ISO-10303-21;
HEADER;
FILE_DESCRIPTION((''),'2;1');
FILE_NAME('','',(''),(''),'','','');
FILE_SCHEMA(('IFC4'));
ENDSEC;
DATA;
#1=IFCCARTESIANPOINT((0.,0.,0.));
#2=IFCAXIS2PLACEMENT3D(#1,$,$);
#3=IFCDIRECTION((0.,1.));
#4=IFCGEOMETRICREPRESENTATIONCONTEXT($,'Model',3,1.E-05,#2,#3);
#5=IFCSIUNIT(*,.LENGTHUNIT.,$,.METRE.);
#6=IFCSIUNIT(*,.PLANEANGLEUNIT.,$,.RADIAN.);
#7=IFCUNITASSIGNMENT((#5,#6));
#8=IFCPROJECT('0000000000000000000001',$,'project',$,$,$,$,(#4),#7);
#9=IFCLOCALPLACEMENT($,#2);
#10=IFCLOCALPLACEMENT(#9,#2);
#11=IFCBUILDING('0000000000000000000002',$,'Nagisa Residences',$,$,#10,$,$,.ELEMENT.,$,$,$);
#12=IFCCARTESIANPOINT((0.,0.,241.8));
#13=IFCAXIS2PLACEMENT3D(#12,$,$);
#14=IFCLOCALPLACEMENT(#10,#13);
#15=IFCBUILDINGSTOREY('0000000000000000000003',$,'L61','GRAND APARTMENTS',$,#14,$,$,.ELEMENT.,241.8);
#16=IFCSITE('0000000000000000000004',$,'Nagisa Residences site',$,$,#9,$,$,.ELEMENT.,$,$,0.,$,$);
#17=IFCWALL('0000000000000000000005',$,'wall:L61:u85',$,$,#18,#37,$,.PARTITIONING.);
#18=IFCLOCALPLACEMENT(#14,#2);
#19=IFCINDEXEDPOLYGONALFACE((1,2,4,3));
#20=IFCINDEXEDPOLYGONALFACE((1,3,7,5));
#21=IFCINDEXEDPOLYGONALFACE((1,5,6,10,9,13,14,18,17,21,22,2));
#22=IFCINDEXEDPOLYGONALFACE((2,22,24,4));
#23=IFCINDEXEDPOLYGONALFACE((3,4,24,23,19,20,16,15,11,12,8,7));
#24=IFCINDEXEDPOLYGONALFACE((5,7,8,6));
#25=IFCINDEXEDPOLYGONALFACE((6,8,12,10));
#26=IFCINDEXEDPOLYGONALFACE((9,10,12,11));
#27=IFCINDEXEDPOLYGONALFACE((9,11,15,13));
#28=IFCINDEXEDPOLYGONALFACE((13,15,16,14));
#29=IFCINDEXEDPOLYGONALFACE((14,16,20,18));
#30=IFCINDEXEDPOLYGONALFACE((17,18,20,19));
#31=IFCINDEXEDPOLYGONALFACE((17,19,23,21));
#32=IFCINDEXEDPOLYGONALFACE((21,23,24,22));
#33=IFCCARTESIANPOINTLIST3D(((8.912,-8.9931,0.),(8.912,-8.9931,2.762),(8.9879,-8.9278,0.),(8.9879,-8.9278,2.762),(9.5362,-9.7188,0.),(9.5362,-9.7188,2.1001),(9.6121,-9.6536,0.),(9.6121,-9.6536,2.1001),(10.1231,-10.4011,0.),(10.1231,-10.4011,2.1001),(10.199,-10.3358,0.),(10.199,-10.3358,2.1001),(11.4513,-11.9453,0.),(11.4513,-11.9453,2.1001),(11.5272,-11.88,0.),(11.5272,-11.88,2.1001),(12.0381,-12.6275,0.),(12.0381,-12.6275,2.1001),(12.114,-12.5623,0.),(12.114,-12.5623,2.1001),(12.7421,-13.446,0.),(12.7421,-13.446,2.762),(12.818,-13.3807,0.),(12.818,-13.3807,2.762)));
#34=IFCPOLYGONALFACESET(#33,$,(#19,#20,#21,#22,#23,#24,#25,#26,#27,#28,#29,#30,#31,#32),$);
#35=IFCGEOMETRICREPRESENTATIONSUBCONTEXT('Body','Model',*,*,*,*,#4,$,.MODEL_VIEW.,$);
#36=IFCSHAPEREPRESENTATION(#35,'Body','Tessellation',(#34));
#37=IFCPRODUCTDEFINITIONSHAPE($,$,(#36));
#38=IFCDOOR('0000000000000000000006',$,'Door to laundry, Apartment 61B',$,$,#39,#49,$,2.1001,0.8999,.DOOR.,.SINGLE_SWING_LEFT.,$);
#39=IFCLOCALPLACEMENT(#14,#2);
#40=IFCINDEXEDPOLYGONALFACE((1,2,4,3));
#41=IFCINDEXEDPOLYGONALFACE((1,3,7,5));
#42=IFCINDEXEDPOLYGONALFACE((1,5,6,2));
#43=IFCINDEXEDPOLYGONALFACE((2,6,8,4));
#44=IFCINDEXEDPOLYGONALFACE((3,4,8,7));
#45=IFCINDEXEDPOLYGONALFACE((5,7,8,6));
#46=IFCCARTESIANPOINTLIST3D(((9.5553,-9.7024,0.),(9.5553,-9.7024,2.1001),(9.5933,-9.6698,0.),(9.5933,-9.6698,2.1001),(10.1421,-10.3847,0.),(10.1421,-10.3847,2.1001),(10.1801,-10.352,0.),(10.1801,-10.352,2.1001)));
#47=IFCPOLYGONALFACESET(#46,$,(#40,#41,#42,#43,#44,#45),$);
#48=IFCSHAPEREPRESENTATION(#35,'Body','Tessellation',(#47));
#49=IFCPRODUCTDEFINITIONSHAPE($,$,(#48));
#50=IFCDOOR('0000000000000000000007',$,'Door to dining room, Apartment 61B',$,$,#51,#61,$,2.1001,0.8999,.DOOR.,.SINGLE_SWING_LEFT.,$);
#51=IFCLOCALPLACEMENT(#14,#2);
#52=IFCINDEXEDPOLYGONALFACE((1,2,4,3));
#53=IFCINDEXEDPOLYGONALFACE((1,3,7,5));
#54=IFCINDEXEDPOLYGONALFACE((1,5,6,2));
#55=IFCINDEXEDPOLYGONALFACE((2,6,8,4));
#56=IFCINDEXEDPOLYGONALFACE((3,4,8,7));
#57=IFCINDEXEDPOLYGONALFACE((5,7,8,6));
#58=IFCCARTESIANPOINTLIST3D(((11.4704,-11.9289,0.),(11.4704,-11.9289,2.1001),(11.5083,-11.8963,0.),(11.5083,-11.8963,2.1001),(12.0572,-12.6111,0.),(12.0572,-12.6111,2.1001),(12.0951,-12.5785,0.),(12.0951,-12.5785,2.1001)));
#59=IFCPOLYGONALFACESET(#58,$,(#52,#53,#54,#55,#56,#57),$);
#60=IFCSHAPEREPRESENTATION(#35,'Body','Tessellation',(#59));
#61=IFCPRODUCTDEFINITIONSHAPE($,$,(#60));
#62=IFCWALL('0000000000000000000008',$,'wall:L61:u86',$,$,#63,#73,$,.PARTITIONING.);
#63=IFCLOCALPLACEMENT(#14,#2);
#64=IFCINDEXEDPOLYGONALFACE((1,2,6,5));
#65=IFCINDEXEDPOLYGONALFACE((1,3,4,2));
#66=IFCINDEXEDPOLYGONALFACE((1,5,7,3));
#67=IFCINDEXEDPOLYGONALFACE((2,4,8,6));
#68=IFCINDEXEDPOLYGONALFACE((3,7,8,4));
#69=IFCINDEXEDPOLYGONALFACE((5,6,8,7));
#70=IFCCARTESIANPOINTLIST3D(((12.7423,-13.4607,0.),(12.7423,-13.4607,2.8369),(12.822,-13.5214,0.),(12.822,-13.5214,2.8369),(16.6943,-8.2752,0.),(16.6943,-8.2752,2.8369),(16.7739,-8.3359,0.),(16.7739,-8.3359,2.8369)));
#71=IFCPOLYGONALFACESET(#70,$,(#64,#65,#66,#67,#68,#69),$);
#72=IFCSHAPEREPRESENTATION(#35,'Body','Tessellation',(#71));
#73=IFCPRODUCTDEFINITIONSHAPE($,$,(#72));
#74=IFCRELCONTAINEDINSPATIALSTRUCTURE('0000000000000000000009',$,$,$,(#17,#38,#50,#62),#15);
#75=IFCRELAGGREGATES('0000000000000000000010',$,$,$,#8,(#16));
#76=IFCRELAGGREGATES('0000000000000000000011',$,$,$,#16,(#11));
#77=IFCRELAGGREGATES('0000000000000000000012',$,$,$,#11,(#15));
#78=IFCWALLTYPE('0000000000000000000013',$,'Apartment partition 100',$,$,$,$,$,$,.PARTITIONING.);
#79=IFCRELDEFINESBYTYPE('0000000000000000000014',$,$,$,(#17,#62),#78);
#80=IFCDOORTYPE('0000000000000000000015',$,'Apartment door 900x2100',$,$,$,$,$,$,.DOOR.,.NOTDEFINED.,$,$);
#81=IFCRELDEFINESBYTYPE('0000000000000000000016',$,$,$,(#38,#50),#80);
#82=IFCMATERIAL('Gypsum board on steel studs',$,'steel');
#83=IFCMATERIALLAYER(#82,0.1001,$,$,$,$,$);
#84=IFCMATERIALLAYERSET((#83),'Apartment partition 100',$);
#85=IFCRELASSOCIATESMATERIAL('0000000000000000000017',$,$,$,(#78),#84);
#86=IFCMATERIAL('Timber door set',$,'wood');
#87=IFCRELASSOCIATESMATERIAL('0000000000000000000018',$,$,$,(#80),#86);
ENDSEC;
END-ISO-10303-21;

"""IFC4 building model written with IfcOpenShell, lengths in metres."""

from ifc_helpers import new_model, si_unit, direction, frame, frame_2d, origin, place, context, subcontext, project, spatial, rectangle, extrude, material, layer, layer_set, type_object, element, fill, save


model = new_model("IFC4")

# Units and contexts
model_context = context("Model", 3, precision=1e-05, world=origin(), true_north=direction((0.0, 1.0)))
body_context = subcontext(model_context, "Body", "Model", "MODEL_VIEW")
ifc_project = project(units=[si_unit("LENGTHUNIT", "METRE"), si_unit("PLANEANGLEUNIT", "RADIAN")], contexts=[model_context])

# Site, building, storey
site_placement = place(None, origin())
site = spatial("IfcSite", under=ifc_project, at=site_placement, Name="Nagisa Residences site", CompositionType="ELEMENT", RefElevation=0.0)
building_placement = place(site_placement, origin())
building = spatial("IfcBuilding", under=site, at=building_placement, Name="Nagisa Residences", CompositionType="ELEMENT")
storey_placement = place(building_placement, frame((0.0, 0.0, 241.8)))
storey = spatial("IfcBuildingStorey", under=building, at=storey_placement, Name="L61", Description="GRAND APARTMENTS", CompositionType="ELEMENT", Elevation=241.8)

# Shared definitions
ifc_material_1 = material(Name="Gypsum board on steel studs", Category="steel")
ifc_layer_1 = layer(ifc_material_1, 0.1001)
ifc_layer_set_1 = layer_set([ifc_layer_1], Name="Apartment partition 100")
wall_type_1 = type_object("IfcWallType", Name="Apartment partition 100", PredefinedType="PARTITIONING", material=ifc_layer_set_1)

# Wall, openings, doors
wall_1_placement = place(storey_placement, frame((8.95, -8.9604, 0.0), z_axis=(0.0, 0.0, 1.0), x_axis=(0.652098, -0.758135, 0.0)))
wall_1 = element("IfcWall", 1, at=wall_1_placement, inside=storey, type_object=wall_type_1, Name="wall:L61:u85", PredefinedType="PARTITIONING", context=body_context, shape_type="SweptSolid", body=[
    extrude(rectangle(XDim=5.8735, YDim=0.1001, at=frame_2d((2.9368, 0.0))), origin(), (0.0, 0.0, 1.0), 2.762),
])
opening_1_placement = place(wall_1_placement, frame((0.9573, 0.0, 0.0)))
opening_1 = element("IfcOpeningElement", 2, at=opening_1_placement, cuts=wall_1, PredefinedType="OPENING", context=body_context, shape_type="SweptSolid", body=[
    extrude(rectangle(XDim=0.8999, YDim=2.1001, at=frame_2d((0.45, 1.05))), frame((0.0, 0.0601, 0.0), z_axis=(0.0, -1.0, 0.0), x_axis=(1.0, 0.0, 0.0)), (0.0, 0.0, 1.0), 0.1201),
])
opening_2_placement = place(wall_1_placement, frame((3.894, 0.0, 0.0)))
opening_2 = element("IfcOpeningElement", 3, at=opening_2_placement, cuts=wall_1, PredefinedType="OPENING", context=body_context, shape_type="SweptSolid", body=[
    extrude(rectangle(XDim=0.8999, YDim=2.1001, at=frame_2d((0.45, 1.05))), frame((0.0, 0.0601, 0.0), z_axis=(0.0, -1.0, 0.0), x_axis=(1.0, 0.0, 0.0)), (0.0, 0.0, 1.0), 0.1201),
])
ifc_material_2 = material(Name="Timber door set", Category="wood")
door_type_1 = type_object("IfcDoorType", Name="Apartment door 900x2100", OperationType="NOTDEFINED", PredefinedType="DOOR", material=ifc_material_2)
door_1_placement = place(opening_1_placement, frame((0.8999, 0.0, 0.0), x_axis=(-1.0, 0.0, 0.0)))
door_1 = element("IfcDoor", 4, at=door_1_placement, inside=storey, type_object=door_type_1, Name="Door to laundry, Apartment 61B", OperationType="SINGLE_SWING_LEFT", OverallHeight=2.1001, OverallWidth=0.8999, PredefinedType="DOOR", context=body_context, shape_type="SweptSolid", body=[
    extrude(rectangle(XDim=0.8999, YDim=2.1001, at=frame_2d((0.45, 1.05))), frame((0.0, 0.0249, 0.0), z_axis=(0.0, -1.0, 0.0), x_axis=(1.0, 0.0, 0.0)), (0.0, 0.0, 1.0), 0.05),
])
fill(opening_1, door_1)
door_2_placement = place(opening_2_placement, frame((0.8999, 0.0, 0.0), x_axis=(-1.0, 0.0, 0.0)))
door_2 = element("IfcDoor", 5, at=door_2_placement, inside=storey, type_object=door_type_1, Name="Door to dining room, Apartment 61B", OperationType="SINGLE_SWING_LEFT", OverallHeight=2.1001, OverallWidth=0.8999, PredefinedType="DOOR", context=body_context, shape_type="SweptSolid", body=[
    extrude(rectangle(XDim=0.8999, YDim=2.1001, at=frame_2d((0.45, 1.05))), frame((0.0, 0.0249, 0.0), z_axis=(0.0, -1.0, 0.0), x_axis=(1.0, 0.0, 0.0)), (0.0, 0.0, 1.0), 0.05),
])
fill(opening_2, door_2)

# Wall
wall_2_placement = place(storey_placement, frame((12.7822, -13.491, 0.0), z_axis=(0.0, 0.0, 1.0), x_axis=(0.606141, 0.795357, 0.0)))
element("IfcWall", 6, at=wall_2_placement, inside=storey, type_object=wall_type_1, Name="wall:L61:u86", PredefinedType="PARTITIONING", context=body_context, shape_type="SweptSolid", body=[
    extrude(rectangle(XDim=6.5198, YDim=0.1001, at=frame_2d((3.2598, 0.0))), origin(), (0.0, 0.0, 1.0), 2.8369),
])

save(model, "model.ifc")
